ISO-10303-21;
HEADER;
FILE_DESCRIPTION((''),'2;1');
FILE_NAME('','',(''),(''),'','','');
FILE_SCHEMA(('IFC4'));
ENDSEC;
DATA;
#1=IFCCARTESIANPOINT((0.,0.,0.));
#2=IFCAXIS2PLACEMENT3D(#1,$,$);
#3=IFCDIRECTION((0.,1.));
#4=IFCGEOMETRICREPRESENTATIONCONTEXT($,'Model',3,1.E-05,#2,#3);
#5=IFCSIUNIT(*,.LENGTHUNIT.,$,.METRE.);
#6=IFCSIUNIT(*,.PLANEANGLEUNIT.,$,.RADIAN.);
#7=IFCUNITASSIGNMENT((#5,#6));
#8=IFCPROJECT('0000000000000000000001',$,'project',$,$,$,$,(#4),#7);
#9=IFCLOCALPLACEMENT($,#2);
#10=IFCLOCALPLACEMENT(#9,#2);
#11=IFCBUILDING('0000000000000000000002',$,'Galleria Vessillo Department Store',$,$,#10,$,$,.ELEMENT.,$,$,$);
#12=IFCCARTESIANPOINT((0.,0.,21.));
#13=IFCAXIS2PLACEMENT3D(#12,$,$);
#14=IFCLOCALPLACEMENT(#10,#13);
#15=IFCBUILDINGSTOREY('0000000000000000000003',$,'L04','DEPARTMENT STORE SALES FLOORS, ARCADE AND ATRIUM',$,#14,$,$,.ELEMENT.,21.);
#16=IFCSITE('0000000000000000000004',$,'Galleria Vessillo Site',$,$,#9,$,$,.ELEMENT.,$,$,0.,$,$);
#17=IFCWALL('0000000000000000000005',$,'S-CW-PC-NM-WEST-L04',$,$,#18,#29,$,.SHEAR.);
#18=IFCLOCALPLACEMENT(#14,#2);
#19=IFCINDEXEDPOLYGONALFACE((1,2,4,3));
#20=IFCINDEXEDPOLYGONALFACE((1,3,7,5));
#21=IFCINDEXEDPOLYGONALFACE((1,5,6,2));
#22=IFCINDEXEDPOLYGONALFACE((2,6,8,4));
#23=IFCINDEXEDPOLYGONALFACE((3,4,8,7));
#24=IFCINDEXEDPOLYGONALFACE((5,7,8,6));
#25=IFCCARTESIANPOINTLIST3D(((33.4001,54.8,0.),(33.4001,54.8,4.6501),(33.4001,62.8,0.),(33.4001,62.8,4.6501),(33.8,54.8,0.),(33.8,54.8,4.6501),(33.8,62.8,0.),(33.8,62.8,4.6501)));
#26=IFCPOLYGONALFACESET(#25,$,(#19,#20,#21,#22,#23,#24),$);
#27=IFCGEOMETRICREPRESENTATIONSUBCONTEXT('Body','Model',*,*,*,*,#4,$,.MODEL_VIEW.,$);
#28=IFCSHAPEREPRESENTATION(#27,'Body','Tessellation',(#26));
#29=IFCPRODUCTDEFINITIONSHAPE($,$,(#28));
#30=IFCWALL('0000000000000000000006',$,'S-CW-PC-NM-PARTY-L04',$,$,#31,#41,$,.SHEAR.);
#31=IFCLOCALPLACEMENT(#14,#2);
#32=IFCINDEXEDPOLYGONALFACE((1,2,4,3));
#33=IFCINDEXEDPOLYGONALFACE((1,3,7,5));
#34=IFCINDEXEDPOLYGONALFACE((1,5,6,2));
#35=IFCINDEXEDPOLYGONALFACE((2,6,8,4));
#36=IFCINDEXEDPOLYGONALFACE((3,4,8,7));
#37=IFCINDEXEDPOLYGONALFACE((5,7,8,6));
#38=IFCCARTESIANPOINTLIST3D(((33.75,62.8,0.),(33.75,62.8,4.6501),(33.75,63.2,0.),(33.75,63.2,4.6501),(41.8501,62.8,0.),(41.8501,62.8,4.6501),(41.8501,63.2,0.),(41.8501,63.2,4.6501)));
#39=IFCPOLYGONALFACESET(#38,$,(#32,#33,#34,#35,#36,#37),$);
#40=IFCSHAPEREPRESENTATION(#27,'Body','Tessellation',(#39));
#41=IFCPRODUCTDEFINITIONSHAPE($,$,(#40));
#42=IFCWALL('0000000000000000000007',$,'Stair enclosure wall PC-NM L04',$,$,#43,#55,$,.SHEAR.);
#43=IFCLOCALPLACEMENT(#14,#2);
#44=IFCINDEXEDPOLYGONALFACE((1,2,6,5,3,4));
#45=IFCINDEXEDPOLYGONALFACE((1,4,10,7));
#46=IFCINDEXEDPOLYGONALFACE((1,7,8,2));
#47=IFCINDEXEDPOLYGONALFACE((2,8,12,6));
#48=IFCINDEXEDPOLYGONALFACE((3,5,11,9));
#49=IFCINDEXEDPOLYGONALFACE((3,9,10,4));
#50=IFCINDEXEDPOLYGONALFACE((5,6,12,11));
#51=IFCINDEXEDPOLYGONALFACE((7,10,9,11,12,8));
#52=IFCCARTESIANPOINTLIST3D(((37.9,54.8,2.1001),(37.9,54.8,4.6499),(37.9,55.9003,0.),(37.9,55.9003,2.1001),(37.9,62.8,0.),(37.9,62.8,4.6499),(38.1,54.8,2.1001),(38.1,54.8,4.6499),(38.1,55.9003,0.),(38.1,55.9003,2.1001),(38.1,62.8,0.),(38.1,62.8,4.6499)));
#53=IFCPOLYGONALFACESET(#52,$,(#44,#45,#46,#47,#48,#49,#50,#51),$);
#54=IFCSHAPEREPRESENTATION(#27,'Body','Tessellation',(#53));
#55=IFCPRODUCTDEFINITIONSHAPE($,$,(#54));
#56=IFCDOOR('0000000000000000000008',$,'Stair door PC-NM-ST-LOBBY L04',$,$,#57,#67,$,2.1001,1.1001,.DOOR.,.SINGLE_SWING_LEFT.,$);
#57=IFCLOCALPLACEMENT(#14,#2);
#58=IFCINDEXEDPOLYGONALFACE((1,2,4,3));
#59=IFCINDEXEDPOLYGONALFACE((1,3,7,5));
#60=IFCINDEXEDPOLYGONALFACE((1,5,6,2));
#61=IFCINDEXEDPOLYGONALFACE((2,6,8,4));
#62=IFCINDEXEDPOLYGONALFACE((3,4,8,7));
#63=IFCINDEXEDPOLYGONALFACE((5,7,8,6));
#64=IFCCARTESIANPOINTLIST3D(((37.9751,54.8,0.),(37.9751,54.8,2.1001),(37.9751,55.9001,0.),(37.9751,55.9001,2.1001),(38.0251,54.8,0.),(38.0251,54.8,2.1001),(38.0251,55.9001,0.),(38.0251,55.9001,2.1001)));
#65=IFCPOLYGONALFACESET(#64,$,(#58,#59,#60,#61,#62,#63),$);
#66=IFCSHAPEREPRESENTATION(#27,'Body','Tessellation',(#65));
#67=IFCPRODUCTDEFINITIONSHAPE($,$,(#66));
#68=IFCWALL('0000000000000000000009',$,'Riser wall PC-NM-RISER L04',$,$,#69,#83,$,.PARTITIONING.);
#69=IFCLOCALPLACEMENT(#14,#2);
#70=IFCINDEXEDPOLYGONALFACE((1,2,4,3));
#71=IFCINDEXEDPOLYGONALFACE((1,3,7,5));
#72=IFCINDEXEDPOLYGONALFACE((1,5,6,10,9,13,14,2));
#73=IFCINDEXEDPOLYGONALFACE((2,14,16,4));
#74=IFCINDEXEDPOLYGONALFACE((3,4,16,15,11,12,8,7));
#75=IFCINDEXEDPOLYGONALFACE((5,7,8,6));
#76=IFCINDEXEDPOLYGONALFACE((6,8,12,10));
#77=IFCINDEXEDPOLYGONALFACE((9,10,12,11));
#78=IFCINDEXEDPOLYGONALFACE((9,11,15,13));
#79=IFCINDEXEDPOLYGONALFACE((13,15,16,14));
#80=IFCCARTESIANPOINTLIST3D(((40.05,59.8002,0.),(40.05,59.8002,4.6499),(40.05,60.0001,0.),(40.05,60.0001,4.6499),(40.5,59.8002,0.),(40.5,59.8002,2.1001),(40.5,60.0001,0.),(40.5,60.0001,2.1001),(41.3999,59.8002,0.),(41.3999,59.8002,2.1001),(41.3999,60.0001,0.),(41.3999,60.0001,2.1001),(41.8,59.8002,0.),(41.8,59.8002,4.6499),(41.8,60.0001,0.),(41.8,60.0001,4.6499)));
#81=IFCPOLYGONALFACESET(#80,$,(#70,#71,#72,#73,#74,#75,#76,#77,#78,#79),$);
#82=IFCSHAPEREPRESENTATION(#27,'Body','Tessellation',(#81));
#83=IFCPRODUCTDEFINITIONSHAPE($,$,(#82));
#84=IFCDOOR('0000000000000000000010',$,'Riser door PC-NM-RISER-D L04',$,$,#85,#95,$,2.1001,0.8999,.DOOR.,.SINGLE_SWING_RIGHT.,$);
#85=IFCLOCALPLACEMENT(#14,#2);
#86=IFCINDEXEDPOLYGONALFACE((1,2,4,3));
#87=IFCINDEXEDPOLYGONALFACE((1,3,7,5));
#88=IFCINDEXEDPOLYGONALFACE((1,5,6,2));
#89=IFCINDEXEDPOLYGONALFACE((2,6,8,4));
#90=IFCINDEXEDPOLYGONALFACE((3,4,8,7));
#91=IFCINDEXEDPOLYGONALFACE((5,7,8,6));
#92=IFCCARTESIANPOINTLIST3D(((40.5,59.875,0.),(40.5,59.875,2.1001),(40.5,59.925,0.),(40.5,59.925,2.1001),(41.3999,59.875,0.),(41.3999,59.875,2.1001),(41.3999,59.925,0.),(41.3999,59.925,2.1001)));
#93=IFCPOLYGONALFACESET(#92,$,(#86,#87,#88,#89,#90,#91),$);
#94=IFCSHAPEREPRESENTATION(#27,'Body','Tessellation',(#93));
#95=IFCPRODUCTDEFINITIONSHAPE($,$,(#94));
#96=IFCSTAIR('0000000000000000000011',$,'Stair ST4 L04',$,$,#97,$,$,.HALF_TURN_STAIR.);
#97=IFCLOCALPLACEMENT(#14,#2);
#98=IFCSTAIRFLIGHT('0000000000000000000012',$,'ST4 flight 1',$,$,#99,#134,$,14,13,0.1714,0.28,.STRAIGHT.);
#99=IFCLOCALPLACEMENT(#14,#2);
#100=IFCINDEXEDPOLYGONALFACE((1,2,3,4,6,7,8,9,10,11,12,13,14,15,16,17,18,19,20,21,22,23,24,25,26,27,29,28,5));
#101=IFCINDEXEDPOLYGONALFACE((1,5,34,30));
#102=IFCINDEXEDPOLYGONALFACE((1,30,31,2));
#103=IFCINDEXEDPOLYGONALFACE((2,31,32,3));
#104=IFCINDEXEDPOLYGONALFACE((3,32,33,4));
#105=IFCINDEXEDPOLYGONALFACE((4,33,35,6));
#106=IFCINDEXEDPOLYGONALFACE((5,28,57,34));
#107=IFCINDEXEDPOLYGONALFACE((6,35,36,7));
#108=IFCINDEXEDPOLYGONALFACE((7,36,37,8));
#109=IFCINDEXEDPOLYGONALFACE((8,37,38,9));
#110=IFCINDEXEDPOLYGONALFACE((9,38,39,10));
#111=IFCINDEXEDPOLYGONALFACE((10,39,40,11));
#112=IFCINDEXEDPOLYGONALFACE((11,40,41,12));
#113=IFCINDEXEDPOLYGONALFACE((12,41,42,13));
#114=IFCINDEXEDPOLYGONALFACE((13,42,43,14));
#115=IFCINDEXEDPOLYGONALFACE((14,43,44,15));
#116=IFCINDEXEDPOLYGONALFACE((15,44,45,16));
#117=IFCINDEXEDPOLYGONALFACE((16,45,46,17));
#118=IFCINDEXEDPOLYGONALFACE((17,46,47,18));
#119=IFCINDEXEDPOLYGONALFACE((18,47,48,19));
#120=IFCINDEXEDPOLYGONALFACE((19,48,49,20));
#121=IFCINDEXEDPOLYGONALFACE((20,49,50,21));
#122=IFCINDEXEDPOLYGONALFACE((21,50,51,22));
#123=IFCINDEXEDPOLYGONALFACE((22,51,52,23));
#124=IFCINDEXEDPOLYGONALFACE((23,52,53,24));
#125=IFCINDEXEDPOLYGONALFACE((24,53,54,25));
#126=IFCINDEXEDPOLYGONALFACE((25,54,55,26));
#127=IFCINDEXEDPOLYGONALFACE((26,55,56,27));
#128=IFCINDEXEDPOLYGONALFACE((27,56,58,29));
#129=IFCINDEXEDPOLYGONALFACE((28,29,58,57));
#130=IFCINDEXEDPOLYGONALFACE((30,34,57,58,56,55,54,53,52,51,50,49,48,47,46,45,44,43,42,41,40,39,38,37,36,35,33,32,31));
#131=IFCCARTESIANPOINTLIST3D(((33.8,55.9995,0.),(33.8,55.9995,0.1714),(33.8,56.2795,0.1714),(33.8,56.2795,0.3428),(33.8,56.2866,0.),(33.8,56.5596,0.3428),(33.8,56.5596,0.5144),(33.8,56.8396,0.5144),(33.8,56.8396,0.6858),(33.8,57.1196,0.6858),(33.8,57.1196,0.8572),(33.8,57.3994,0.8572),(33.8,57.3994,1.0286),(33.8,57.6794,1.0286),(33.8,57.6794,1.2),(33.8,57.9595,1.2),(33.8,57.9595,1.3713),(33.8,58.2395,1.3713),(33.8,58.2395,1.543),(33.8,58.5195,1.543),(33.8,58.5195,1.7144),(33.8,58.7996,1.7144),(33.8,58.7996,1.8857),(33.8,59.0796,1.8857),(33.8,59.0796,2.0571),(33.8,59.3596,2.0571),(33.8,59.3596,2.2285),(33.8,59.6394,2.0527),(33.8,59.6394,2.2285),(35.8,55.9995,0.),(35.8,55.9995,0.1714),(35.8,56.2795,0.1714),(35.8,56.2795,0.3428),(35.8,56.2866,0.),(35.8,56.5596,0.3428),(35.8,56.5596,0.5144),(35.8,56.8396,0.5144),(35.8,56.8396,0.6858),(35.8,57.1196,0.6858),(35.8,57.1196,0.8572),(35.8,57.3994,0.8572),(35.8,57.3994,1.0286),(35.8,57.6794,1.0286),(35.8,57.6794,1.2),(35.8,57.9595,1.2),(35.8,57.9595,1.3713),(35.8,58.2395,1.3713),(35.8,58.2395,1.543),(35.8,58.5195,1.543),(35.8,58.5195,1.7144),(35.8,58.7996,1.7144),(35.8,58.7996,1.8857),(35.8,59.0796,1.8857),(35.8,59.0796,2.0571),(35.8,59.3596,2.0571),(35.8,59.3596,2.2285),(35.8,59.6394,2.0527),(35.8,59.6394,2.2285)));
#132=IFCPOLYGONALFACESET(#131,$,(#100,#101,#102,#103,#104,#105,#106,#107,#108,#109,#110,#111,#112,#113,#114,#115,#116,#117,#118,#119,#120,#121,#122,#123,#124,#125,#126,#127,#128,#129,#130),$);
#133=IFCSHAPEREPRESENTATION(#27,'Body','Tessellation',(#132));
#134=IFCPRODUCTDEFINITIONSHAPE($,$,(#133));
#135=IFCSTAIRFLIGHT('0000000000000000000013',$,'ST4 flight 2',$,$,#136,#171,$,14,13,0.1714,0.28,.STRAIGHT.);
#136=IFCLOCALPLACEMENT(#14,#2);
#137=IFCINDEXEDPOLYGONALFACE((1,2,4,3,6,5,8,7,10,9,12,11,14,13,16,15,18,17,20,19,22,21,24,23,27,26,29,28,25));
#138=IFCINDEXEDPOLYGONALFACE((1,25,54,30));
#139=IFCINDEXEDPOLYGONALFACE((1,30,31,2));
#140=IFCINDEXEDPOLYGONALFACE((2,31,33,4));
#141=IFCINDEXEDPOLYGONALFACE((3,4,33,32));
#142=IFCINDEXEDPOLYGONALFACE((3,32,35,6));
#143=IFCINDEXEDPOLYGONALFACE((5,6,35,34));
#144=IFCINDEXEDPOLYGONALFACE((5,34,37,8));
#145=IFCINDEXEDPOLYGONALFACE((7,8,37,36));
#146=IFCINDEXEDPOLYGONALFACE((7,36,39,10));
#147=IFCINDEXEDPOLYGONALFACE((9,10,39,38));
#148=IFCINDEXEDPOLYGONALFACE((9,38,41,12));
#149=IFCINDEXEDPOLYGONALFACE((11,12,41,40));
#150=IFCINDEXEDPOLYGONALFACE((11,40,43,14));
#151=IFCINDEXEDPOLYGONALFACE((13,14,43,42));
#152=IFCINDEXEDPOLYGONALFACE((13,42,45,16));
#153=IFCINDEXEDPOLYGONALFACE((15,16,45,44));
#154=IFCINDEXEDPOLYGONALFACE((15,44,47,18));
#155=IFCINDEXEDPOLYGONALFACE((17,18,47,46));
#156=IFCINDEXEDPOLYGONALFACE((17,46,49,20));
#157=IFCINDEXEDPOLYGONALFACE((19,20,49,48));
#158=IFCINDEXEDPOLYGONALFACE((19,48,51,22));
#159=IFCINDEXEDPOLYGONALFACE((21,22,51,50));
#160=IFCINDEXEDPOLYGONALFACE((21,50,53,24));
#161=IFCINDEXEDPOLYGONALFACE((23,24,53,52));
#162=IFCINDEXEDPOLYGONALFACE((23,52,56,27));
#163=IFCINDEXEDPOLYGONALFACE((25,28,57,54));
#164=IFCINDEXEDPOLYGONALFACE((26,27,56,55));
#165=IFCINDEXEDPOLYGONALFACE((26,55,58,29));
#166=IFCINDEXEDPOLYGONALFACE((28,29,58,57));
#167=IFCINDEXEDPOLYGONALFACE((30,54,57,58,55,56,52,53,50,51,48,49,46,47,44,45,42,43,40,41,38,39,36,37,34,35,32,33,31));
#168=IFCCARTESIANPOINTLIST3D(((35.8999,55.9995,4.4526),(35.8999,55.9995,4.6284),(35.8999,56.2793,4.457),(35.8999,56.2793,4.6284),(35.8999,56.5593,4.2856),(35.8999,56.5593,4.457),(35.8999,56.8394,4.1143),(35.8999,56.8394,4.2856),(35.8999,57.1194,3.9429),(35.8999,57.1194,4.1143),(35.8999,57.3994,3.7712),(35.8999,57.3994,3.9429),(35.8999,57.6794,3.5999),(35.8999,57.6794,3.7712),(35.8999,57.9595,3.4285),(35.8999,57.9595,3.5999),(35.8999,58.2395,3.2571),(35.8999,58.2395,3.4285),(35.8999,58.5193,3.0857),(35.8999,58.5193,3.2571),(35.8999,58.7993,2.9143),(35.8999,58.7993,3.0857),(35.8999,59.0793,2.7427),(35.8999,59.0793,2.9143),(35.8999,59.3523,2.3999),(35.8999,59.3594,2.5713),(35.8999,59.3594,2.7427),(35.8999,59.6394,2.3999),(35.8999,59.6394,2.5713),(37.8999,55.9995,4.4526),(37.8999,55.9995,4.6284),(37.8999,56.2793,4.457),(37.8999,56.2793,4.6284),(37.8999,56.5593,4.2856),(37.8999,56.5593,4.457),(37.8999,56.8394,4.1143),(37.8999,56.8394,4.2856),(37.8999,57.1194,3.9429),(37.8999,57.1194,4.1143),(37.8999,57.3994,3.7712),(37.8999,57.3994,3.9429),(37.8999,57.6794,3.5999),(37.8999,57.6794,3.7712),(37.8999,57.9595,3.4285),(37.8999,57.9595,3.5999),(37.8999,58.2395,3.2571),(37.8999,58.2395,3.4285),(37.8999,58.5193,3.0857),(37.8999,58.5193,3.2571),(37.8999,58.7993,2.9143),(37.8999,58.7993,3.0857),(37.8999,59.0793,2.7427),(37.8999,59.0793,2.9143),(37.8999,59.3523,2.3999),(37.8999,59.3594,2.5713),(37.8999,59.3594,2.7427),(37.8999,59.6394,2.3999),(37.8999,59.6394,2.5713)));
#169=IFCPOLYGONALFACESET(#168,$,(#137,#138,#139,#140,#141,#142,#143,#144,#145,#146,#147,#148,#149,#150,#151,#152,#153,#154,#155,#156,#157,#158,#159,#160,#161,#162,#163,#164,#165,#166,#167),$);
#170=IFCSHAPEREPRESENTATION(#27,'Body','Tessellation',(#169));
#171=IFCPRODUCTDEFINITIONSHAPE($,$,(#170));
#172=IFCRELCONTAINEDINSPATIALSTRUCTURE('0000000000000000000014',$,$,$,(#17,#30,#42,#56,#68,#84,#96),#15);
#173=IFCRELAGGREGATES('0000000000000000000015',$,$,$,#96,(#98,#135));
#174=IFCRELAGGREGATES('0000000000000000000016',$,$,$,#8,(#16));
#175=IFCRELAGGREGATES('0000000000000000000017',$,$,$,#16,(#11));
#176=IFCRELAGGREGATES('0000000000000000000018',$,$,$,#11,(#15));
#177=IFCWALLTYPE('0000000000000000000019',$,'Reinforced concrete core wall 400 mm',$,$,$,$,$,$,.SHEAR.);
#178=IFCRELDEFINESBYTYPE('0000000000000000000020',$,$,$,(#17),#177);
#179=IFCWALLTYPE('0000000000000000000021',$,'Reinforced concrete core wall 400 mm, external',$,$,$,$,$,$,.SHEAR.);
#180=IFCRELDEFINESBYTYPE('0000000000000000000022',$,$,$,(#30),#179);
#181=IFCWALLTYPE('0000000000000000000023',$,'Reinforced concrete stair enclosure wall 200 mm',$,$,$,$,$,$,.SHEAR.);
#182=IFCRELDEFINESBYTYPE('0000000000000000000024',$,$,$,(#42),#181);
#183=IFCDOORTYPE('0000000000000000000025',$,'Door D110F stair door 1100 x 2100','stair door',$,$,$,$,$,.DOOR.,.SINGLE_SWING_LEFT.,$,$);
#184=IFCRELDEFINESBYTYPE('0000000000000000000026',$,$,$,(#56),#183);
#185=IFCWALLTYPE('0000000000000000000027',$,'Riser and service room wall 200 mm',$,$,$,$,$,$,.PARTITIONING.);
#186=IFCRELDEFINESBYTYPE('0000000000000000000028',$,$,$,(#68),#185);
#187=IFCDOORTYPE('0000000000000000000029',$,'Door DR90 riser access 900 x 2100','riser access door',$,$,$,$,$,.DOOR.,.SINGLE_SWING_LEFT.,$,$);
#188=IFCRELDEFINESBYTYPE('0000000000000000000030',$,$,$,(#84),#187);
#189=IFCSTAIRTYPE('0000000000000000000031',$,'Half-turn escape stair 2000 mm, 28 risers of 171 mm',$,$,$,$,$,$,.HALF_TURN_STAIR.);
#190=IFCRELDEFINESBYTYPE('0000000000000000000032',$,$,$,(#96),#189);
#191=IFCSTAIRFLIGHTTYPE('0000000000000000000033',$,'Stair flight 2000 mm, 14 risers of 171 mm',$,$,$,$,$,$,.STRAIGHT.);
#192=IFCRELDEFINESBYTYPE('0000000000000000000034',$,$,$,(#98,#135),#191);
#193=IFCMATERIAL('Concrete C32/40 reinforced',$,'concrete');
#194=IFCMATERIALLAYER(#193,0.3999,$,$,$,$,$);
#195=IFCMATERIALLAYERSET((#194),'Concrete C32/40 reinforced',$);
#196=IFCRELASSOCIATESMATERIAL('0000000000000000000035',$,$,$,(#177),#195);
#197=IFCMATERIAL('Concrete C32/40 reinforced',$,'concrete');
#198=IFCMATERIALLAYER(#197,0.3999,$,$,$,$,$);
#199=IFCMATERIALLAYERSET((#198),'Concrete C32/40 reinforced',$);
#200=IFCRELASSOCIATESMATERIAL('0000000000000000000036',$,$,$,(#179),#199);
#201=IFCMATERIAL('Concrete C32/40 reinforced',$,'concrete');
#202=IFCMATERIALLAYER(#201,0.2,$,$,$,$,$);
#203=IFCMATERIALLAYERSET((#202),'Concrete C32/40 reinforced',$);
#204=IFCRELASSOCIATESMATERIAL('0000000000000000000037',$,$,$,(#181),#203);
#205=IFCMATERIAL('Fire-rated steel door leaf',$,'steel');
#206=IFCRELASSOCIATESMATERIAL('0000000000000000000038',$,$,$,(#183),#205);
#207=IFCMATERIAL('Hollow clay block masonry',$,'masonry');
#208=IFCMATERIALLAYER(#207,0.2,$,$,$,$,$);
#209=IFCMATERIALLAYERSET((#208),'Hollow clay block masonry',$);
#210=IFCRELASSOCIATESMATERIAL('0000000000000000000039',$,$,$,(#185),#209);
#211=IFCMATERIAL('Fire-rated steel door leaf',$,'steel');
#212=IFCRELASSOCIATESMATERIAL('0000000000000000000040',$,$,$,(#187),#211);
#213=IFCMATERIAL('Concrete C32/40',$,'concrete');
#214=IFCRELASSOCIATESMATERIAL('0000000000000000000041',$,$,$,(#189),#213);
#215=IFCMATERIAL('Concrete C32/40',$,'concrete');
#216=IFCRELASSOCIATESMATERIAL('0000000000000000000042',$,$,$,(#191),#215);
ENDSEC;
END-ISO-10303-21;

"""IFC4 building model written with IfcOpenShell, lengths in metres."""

from ifc_helpers import new_model, si_unit, direction, frame, frame_2d, origin, place, context, subcontext, project, spatial, polyline, rectangle, outline, extrude, material, layer, layer_set, type_object, element, fill, aggregate, save


model = new_model("IFC4")

# Units and contexts
model_context = context("Model", 3, precision=1e-05, world=origin(), true_north=direction((0.0, 1.0)))
body_context = subcontext(model_context, "Body", "Model", "MODEL_VIEW")
ifc_project = project(units=[si_unit("LENGTHUNIT", "METRE"), si_unit("PLANEANGLEUNIT", "RADIAN")], contexts=[model_context])

# Site, building, storey
site_placement = place(None, origin())
site = spatial("IfcSite", under=ifc_project, at=site_placement, Name="Galleria Vessillo Site", CompositionType="ELEMENT", RefElevation=0.0)
building_placement = place(site_placement, origin())
building = spatial("IfcBuilding", under=site, at=building_placement, Name="Galleria Vessillo Department Store", CompositionType="ELEMENT")
storey_placement = place(building_placement, frame((0.0, 0.0, 21.0)))
storey = spatial("IfcBuildingStorey", under=building, at=storey_placement, Name="L04", Description="DEPARTMENT STORE SALES FLOORS, ARCADE AND ATRIUM", CompositionType="ELEMENT", Elevation=21.0)

# Walls
ifc_material_1 = material(Name="Concrete C32/40 reinforced", Category="concrete")
ifc_layer_1 = layer(ifc_material_1, 0.3999)
ifc_layer_set_1 = layer_set([ifc_layer_1], Name="Concrete C32/40 reinforced")
wall_type_1 = type_object("IfcWallType", Name="Reinforced concrete core wall 400 mm", PredefinedType="SHEAR", material=ifc_layer_set_1)
wall_1_placement = place(storey_placement, frame((33.6001, 54.8, 0.0), z_axis=(0.0, 0.0, 1.0), x_axis=(0.0, 1.0, 0.0)))
element("IfcWall", 1, at=wall_1_placement, inside=storey, type_object=wall_type_1, Name="S-CW-PC-NM-WEST-L04", PredefinedType="SHEAR", context=body_context, shape_type="SweptSolid", body=[
    extrude(rectangle(XDim=8.0, YDim=0.3999, at=frame_2d((4.0, 0.0))), origin(), (0.0, 0.0, 1.0), 4.6501),
])
ifc_material_2 = material(Name="Concrete C32/40 reinforced", Category="concrete")
ifc_layer_2 = layer(ifc_material_2, 0.3999)
ifc_layer_set_2 = layer_set([ifc_layer_2], Name="Concrete C32/40 reinforced")
wall_type_2 = type_object("IfcWallType", Name="Reinforced concrete core wall 400 mm, external", PredefinedType="SHEAR", material=ifc_layer_set_2)
wall_2_placement = place(storey_placement, frame((33.75, 63.0, 0.0), z_axis=(0.0, 0.0, 1.0), x_axis=(1.0, 0.0, 0.0)))
element("IfcWall", 2, at=wall_2_placement, inside=storey, type_object=wall_type_2, Name="S-CW-PC-NM-PARTY-L04", PredefinedType="SHEAR", context=body_context, shape_type="SweptSolid", body=[
    extrude(rectangle(XDim=8.1001, YDim=0.3999, at=frame_2d((4.05, 0.0))), origin(), (0.0, 0.0, 1.0), 4.6501),
])

# Walls, openings, doors
ifc_material_3 = material(Name="Concrete C32/40 reinforced", Category="concrete")
ifc_layer_3 = layer(ifc_material_3, 0.2)
ifc_layer_set_3 = layer_set([ifc_layer_3], Name="Concrete C32/40 reinforced")
wall_type_3 = type_object("IfcWallType", Name="Reinforced concrete stair enclosure wall 200 mm", PredefinedType="SHEAR", material=ifc_layer_set_3)
wall_3_placement = place(storey_placement, frame((38.0, 62.8, 0.0), z_axis=(0.0, 0.0, 1.0), x_axis=(0.0, -1.0, 0.0)))
wall_3 = element("IfcWall", 3, at=wall_3_placement, inside=storey, type_object=wall_type_3, Name="Stair enclosure wall PC-NM L04", PredefinedType="SHEAR", context=body_context, shape_type="SweptSolid", body=[
    extrude(rectangle(XDim=8.0, YDim=0.2, at=frame_2d((4.0, 0.0))), origin(), (0.0, 0.0, 1.0), 4.6499),
])
opening_1_placement = place(wall_3_placement, frame((6.8999, 0.0, 0.0)))
opening_1 = element("IfcOpeningElement", 4, at=opening_1_placement, cuts=wall_3, PredefinedType="OPENING", context=body_context, shape_type="SweptSolid", body=[
    extrude(rectangle(XDim=1.1101, YDim=2.1001, at=frame_2d((0.5549, 1.05))), frame((0.0, 0.1099, 0.0), z_axis=(0.0, -1.0, 0.0), x_axis=(1.0, 0.0, 0.0)), (0.0, 0.0, 1.0), 0.22),
])
ifc_material_4 = material(Name="Fire-rated steel door leaf", Category="steel")
door_type_1 = type_object("IfcDoorType", Name="Door D110F stair door 1100 x 2100", Description="stair door", OperationType="SINGLE_SWING_LEFT", PredefinedType="DOOR", material=ifc_material_4)
door_1_placement = place(opening_1_placement, frame((1.1001, 0.0, 0.0), z_axis=(0.0, 0.0, 1.0), x_axis=(-1.0, 0.0, 0.0)))
door_1 = element("IfcDoor", 5, at=door_1_placement, inside=storey, type_object=door_type_1, Name="Stair door PC-NM-ST-LOBBY L04", OperationType="SINGLE_SWING_LEFT", OverallHeight=2.1001, OverallWidth=1.1001, PredefinedType="DOOR", context=body_context, shape_type="SweptSolid", body=[
    extrude(rectangle(XDim=1.1001, YDim=2.1001, at=frame_2d((0.55, 1.05))), frame((0.0, 0.0249, 0.0), z_axis=(0.0, -1.0, 0.0), x_axis=(1.0, 0.0, 0.0)), (0.0, 0.0, 1.0), 0.05),
])
fill(opening_1, door_1)
ifc_material_5 = material(Name="Hollow clay block masonry", Category="masonry")
ifc_layer_4 = layer(ifc_material_5, 0.2)
ifc_layer_set_4 = layer_set([ifc_layer_4], Name="Hollow clay block masonry")
wall_type_4 = type_object("IfcWallType", Name="Riser and service room wall 200 mm", PredefinedType="PARTITIONING", material=ifc_layer_set_4)
wall_4_placement = place(storey_placement, frame((40.05, 59.9001, 0.0), z_axis=(0.0, 0.0, 1.0), x_axis=(1.0, 0.0, 0.0)))
wall_4 = element("IfcWall", 6, at=wall_4_placement, inside=storey, type_object=wall_type_4, Name="Riser wall PC-NM-RISER L04", PredefinedType="PARTITIONING", context=body_context, shape_type="SweptSolid", body=[
    extrude(rectangle(XDim=1.75, YDim=0.2, at=frame_2d((0.875, 0.0))), origin(), (0.0, 0.0, 1.0), 4.6499),
])
opening_2_placement = place(wall_4_placement, frame((0.45, 0.0, 0.0)))
opening_2 = element("IfcOpeningElement", 7, at=opening_2_placement, cuts=wall_4, PredefinedType="OPENING", context=body_context, shape_type="SweptSolid", body=[
    extrude(rectangle(XDim=0.8999, YDim=2.1001, at=frame_2d((0.45, 1.05))), frame((0.0, 0.1099, 0.0), z_axis=(0.0, -1.0, 0.0), x_axis=(1.0, 0.0, 0.0)), (0.0, 0.0, 1.0), 0.22),
])
ifc_material_6 = material(Name="Fire-rated steel door leaf", Category="steel")
door_type_2 = type_object("IfcDoorType", Name="Door DR90 riser access 900 x 2100", Description="riser access door", OperationType="SINGLE_SWING_LEFT", PredefinedType="DOOR", material=ifc_material_6)
door_2_placement = place(opening_2_placement, origin())
door_2 = element("IfcDoor", 8, at=door_2_placement, inside=storey, type_object=door_type_2, Name="Riser door PC-NM-RISER-D L04", OperationType="SINGLE_SWING_RIGHT", OverallHeight=2.1001, OverallWidth=0.8999, PredefinedType="DOOR", context=body_context, shape_type="SweptSolid", body=[
    extrude(rectangle(XDim=0.8999, YDim=2.1001, at=frame_2d((0.45, 1.05))), frame((0.0, 0.0249, 0.0), z_axis=(0.0, -1.0, 0.0), x_axis=(1.0, 0.0, 0.0)), (0.0, 0.0, 1.0), 0.05),
])
fill(opening_2, door_2)

# Stair, stair flights
ifc_material_7 = material(Name="Concrete C32/40", Category="concrete")
stair_type = type_object("IfcStairType", Name="Half-turn escape stair 2000 mm, 28 risers of 171 mm", PredefinedType="HALF_TURN_STAIR", material=ifc_material_7)
stair_placement = place(storey_placement, origin())
stair = element("IfcStair", 9, at=stair_placement, inside=storey, type_object=stair_type, Name="Stair ST4 L04", PredefinedType="HALF_TURN_STAIR")
ifc_material_8 = material(Name="Concrete C32/40", Category="concrete")
stair_flight_type = type_object("IfcStairFlightType", Name="Stair flight 2000 mm, 14 risers of 171 mm", PredefinedType="STRAIGHT", material=ifc_material_8)
stair_flight_1_placement = place(storey_placement, frame((34.8, 55.9995, 0.0), z_axis=(0.0, 0.0, 1.0), x_axis=(0.0, 1.0, 0.0)))
stair_flight_1 = element("IfcStairFlight", 10, at=stair_flight_1_placement, type_object=stair_flight_type, Name="ST4 flight 1", NumberOfRisers=14, NumberOfTreads=13, PredefinedType="STRAIGHT", RiserHeight=0.1714, TreadLength=0.28, context=body_context, shape_type="SweptSolid", body=[
    extrude(outline(polyline([(0.0, 0.0), (0.0, 0.1714), (0.28, 0.1714), (0.28, 0.3428), (0.5601, 0.3428), (0.5601, 0.5144), (0.8401, 0.5144), (0.8401, 0.6858), (1.1201, 0.6858), (1.1201, 0.8572), (1.3999, 0.8572), (1.3999, 1.0286), (1.6799, 1.0286), (1.6799, 1.2), (1.96, 1.2), (1.96, 1.3713), (2.24, 1.3713), (2.24, 1.543), (2.52, 1.543), (2.52, 1.7144), (2.8, 1.7144), (2.8, 1.8857), (3.0801, 1.8857), (3.0801, 2.0571), (3.3601, 2.0571), (3.3601, 2.2285), (3.6399, 2.2285), (3.6399, 2.3999), (3.6399, 2.0527), (0.2871, 0.0), (0.0, 0.0)])), frame((0.0, 1.0, 0.0), z_axis=(0.0, -1.0, 0.0), x_axis=(1.0, 0.0, 0.0)), (0.0, 0.0, 1.0), 2.0),
])
stair_flight_2_placement = place(storey_placement, frame((36.8999, 59.6394, 2.3999), z_axis=(0.0, 0.0, 1.0), x_axis=(0.0, -1.0, 0.0)))
stair_flight_2 = element("IfcStairFlight", 11, at=stair_flight_2_placement, type_object=stair_flight_type, Name="ST4 flight 2", NumberOfRisers=14, NumberOfTreads=13, PredefinedType="STRAIGHT", RiserHeight=0.1714, TreadLength=0.28, context=body_context, shape_type="SweptSolid", body=[
    extrude(outline(polyline([(0.0, 0.0), (0.0, 0.1714), (0.28, 0.1714), (0.28, 0.3428), (0.5601, 0.3428), (0.5601, 0.5144), (0.8401, 0.5144), (0.8401, 0.6858), (1.1201, 0.6858), (1.1201, 0.8572), (1.3999, 0.8572), (1.3999, 1.0286), (1.6799, 1.0286), (1.6799, 1.2), (1.96, 1.2), (1.96, 1.3713), (2.24, 1.3713), (2.24, 1.543), (2.52, 1.543), (2.52, 1.7144), (2.8, 1.7144), (2.8, 1.8857), (3.0801, 1.8857), (3.0801, 2.0571), (3.3601, 2.0571), (3.3601, 2.2285), (3.6399, 2.2285), (3.6399, 2.3999), (3.6399, 2.0527), (0.2871, 0.0), (0.0, 0.0)])), frame((0.0, 1.0, 0.0), z_axis=(0.0, -1.0, 0.0), x_axis=(1.0, 0.0, 0.0)), (0.0, 0.0, 1.0), 2.0),
])
aggregate(stair, [stair_flight_1, stair_flight_2])

save(model, "model.ifc")
